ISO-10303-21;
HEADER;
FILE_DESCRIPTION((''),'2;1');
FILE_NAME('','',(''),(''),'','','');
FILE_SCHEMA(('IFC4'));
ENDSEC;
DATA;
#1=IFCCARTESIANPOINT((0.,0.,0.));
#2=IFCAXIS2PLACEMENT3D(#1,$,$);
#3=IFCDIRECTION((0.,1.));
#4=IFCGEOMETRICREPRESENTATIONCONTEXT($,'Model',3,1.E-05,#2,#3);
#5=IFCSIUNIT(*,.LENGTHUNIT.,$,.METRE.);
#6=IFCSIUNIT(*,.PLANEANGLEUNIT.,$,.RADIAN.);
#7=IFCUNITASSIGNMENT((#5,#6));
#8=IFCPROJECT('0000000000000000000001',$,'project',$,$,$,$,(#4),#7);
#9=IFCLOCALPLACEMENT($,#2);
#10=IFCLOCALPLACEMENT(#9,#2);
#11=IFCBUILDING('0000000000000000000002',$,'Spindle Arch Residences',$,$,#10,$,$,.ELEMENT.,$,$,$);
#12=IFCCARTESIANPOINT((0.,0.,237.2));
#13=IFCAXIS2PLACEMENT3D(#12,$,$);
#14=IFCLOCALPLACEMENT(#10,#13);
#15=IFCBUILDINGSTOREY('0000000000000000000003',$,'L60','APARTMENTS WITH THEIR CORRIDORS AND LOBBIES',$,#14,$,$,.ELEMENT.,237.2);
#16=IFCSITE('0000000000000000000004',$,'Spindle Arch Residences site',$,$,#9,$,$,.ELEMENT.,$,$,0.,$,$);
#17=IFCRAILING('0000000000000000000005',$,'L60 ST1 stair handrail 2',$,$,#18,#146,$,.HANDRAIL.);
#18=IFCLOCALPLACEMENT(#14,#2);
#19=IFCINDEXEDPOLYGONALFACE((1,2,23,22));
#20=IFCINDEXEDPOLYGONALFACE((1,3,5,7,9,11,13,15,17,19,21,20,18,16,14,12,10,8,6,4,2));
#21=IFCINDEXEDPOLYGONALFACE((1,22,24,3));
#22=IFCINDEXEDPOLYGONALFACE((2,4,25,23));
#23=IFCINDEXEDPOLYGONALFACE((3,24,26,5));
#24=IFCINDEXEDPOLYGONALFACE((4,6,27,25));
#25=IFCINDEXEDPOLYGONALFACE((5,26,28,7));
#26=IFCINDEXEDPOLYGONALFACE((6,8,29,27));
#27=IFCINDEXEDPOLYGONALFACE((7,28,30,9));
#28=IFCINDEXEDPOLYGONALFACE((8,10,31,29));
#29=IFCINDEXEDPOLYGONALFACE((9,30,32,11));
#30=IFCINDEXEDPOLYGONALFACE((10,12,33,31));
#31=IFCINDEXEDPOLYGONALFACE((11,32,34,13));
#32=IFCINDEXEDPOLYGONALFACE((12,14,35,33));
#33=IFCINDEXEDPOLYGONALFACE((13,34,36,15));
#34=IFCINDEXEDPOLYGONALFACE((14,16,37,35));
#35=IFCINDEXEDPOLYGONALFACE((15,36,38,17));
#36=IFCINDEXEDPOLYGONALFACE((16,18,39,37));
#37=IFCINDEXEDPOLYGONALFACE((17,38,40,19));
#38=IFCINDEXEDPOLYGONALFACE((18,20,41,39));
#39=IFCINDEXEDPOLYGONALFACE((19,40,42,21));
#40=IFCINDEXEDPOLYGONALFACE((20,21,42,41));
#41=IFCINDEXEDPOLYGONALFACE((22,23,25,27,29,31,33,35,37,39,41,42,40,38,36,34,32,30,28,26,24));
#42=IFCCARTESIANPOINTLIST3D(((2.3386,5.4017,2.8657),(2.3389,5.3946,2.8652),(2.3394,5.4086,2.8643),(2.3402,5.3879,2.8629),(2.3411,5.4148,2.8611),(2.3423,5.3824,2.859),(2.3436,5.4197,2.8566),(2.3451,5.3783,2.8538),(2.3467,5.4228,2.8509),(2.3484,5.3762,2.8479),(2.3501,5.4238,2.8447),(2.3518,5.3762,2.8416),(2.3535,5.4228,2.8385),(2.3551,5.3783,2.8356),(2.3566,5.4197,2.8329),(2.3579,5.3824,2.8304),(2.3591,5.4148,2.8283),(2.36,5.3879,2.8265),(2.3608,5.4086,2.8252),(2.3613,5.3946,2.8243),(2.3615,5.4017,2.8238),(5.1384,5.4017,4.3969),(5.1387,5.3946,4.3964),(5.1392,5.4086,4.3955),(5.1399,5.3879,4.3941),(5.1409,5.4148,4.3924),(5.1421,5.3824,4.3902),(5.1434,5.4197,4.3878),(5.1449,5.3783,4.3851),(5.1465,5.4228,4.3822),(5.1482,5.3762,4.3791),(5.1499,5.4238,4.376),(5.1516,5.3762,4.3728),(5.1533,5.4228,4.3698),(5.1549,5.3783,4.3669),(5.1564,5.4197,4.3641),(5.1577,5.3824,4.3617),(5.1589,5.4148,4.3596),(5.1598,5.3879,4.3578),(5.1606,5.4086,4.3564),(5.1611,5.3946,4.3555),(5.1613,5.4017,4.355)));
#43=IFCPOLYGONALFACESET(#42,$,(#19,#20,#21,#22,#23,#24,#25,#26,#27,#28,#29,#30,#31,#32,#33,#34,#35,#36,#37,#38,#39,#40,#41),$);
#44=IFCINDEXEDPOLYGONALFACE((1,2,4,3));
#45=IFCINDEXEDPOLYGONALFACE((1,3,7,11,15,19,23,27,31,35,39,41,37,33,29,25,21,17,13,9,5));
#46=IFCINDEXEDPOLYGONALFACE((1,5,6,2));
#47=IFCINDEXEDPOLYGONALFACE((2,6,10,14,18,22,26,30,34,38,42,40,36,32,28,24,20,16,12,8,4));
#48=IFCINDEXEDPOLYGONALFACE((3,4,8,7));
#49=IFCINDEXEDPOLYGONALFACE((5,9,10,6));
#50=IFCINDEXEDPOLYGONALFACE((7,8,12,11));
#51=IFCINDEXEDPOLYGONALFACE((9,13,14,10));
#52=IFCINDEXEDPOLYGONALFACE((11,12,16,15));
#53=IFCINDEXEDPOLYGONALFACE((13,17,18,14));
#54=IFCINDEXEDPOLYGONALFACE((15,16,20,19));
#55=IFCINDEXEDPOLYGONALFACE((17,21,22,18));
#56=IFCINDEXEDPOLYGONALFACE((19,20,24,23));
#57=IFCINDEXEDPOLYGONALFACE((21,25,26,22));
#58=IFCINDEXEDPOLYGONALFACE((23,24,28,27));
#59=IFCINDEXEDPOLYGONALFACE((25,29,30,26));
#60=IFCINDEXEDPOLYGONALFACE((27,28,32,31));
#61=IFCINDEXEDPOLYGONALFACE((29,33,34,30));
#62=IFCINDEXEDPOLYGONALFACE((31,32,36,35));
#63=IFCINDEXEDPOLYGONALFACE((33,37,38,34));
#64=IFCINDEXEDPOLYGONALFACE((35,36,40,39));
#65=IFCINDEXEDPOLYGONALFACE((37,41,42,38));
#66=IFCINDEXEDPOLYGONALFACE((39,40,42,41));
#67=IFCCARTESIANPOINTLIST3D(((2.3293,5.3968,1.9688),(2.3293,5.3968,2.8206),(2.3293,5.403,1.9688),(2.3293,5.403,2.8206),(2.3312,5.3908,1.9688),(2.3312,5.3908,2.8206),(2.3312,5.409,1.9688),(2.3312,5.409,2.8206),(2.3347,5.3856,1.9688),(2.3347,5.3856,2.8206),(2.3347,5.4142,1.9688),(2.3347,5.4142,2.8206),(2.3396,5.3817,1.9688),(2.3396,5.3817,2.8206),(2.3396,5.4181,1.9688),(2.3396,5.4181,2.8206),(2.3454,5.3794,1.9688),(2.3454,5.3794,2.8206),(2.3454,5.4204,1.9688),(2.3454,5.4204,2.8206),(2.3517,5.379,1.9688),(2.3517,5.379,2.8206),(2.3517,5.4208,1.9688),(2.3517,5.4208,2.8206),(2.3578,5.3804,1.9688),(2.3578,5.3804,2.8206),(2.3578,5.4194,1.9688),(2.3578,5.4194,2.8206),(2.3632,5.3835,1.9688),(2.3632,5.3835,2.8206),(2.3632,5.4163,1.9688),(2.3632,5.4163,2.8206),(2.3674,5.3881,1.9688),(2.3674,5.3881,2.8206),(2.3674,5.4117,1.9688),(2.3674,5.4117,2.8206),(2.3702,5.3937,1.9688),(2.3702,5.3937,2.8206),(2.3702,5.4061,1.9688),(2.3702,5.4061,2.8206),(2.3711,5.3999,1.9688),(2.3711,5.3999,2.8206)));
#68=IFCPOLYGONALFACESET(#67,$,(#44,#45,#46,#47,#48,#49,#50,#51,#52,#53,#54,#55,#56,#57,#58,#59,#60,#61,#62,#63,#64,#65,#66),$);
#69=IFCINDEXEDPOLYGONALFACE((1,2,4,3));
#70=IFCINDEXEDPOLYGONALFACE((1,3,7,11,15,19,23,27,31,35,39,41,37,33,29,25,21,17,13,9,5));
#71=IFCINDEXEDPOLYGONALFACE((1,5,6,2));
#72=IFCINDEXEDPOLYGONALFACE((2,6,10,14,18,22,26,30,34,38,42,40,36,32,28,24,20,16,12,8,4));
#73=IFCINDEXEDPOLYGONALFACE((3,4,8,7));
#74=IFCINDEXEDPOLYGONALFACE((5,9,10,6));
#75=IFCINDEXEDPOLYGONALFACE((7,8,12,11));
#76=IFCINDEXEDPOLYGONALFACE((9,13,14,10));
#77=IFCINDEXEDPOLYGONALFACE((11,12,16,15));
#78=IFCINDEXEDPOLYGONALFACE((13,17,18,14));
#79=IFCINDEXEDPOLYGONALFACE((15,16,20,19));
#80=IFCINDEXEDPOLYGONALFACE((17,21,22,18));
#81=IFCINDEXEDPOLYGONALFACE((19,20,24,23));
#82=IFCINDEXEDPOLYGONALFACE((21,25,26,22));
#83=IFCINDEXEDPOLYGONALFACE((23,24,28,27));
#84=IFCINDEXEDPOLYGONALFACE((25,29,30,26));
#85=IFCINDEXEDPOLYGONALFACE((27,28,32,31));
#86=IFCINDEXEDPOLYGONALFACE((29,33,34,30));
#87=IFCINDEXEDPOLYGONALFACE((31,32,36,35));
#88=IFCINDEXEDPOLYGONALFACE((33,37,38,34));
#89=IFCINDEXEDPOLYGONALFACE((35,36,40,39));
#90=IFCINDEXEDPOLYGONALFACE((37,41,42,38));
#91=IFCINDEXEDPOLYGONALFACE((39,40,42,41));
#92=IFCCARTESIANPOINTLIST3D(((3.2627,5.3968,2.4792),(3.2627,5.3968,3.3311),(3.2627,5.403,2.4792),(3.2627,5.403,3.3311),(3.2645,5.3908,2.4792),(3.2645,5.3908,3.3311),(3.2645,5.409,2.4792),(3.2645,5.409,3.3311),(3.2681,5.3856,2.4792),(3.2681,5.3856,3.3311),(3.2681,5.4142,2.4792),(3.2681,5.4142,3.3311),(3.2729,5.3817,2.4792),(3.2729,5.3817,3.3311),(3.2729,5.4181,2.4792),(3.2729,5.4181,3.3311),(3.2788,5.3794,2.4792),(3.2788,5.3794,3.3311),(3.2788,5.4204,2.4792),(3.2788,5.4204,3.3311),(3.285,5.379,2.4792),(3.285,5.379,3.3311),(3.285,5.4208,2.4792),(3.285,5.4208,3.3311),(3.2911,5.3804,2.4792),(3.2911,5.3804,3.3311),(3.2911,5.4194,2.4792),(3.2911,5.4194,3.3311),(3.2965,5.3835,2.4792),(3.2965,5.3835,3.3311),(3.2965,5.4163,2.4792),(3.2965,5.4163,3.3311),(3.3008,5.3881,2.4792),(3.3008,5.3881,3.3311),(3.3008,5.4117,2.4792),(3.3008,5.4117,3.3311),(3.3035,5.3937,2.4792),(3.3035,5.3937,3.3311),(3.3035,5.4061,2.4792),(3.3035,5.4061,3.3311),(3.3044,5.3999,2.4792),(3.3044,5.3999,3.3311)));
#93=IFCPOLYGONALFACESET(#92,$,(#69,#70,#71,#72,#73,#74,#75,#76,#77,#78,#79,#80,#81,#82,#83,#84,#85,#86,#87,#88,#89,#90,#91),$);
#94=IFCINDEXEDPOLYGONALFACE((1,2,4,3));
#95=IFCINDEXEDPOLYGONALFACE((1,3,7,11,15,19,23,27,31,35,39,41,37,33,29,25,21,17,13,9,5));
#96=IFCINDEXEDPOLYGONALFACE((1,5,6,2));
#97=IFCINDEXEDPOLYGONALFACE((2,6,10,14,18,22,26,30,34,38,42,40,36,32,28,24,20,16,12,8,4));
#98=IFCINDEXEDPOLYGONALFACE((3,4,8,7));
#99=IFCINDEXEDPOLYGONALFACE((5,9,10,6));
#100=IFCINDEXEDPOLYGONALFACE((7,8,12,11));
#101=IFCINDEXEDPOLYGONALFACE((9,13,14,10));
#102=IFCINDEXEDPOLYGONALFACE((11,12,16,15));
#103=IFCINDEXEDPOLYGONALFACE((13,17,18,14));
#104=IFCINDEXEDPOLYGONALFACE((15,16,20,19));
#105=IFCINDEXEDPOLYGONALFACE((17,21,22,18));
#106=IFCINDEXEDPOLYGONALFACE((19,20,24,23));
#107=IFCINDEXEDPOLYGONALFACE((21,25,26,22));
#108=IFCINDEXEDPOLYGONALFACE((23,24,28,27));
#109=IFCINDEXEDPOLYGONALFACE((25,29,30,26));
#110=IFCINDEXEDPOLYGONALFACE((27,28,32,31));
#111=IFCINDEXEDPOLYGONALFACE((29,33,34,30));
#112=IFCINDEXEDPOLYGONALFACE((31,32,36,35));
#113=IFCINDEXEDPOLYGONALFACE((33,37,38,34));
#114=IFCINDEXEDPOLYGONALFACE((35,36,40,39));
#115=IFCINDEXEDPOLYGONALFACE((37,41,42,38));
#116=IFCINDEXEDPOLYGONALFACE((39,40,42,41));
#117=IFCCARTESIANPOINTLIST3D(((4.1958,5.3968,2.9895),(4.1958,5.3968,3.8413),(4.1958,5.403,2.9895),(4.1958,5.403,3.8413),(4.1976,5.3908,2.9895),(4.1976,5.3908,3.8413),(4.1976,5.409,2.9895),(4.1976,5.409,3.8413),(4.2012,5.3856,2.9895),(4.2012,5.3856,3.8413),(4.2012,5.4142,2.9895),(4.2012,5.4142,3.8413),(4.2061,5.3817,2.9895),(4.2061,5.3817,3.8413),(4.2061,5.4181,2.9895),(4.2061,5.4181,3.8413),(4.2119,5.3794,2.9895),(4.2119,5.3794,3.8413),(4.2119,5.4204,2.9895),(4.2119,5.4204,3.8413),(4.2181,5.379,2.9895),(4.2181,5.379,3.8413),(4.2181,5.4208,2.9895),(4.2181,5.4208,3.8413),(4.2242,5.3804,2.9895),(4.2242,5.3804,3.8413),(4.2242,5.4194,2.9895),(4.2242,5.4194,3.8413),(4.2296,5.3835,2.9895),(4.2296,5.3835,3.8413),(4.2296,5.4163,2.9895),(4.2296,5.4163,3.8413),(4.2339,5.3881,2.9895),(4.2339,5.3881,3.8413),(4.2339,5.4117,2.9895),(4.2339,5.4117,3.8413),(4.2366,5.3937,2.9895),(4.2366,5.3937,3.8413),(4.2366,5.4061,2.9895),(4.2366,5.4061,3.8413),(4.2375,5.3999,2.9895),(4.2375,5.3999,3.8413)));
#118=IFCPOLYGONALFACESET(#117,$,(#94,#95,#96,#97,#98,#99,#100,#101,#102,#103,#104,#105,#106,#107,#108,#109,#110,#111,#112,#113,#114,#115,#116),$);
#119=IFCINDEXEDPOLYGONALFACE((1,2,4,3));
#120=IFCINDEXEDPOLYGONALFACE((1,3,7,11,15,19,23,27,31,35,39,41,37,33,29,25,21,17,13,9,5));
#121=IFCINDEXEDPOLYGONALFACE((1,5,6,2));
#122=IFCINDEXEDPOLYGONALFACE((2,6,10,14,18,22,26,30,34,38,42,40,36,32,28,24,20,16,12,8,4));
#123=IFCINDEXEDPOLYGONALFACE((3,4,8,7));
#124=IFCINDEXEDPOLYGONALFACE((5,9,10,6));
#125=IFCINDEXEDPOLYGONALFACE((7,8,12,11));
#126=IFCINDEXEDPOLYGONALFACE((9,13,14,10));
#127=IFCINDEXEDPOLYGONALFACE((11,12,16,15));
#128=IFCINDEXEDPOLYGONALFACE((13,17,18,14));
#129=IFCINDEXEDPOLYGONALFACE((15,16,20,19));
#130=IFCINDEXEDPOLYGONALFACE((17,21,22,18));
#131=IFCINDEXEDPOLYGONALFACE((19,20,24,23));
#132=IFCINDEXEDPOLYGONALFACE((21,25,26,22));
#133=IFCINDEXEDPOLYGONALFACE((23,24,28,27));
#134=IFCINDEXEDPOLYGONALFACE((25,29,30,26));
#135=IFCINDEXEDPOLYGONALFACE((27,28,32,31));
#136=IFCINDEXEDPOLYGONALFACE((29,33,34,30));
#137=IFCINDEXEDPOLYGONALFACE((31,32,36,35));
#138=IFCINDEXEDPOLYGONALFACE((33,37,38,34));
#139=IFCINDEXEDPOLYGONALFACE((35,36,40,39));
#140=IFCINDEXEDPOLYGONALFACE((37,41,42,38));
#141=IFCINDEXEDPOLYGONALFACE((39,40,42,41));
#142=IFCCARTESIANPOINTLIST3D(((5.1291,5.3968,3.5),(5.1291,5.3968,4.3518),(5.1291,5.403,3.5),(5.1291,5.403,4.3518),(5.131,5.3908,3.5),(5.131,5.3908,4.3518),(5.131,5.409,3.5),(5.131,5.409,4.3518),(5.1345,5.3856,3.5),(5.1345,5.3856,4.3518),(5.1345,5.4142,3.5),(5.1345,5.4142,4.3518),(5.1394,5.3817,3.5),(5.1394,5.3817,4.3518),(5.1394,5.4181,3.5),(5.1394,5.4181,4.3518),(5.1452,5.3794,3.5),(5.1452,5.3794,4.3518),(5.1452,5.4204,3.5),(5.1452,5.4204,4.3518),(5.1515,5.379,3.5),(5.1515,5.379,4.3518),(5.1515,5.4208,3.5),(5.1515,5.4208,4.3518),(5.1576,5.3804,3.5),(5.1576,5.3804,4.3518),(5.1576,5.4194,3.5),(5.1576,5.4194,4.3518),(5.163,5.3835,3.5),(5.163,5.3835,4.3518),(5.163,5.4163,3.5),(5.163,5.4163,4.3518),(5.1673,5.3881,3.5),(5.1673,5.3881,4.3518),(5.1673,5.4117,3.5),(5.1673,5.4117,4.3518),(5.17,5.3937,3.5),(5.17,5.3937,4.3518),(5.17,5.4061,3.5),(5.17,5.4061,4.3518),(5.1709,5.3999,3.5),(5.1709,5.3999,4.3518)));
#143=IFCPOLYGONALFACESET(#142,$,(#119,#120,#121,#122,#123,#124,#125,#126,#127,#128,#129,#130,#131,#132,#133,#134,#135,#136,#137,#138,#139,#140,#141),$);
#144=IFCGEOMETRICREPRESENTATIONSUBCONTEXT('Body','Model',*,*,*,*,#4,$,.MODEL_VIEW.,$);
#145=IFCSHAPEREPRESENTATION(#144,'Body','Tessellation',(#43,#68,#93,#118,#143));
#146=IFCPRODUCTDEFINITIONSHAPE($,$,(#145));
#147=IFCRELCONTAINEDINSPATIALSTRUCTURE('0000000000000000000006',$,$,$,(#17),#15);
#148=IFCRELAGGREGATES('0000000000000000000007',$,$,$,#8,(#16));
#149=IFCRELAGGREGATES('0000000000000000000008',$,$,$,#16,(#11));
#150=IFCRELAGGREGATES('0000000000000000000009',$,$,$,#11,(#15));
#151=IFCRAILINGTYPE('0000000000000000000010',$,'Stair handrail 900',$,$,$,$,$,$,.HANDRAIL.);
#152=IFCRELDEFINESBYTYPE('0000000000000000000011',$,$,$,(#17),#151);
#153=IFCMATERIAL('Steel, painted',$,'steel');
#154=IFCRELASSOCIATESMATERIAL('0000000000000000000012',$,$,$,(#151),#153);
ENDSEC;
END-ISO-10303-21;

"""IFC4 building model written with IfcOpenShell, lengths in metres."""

from ifc_helpers import new_model, si_unit, direction, frame, origin, origin_2d, place, context, subcontext, project, spatial, circle, extrude, material, type_object, element, save


model = new_model("IFC4")

# Units and contexts
model_context = context("Model", 3, precision=1e-05, world=origin(), true_north=direction((0.0, 1.0)))
body_context = subcontext(model_context, "Body", "Model", "MODEL_VIEW")
ifc_project = project(units=[si_unit("LENGTHUNIT", "METRE"), si_unit("PLANEANGLEUNIT", "RADIAN")], contexts=[model_context])

# Site, building, storey
site_placement = place(None, origin())
site = spatial("IfcSite", under=ifc_project, at=site_placement, Name="Spindle Arch Residences site", CompositionType="ELEMENT", RefElevation=0.0)
building_placement = place(site_placement, origin())
building = spatial("IfcBuilding", under=site, at=building_placement, Name="Spindle Arch Residences", CompositionType="ELEMENT")
storey_placement = place(building_placement, frame((0.0, 0.0, 237.2)))
storey = spatial("IfcBuildingStorey", under=building, at=storey_placement, Name="L60", Description="APARTMENTS WITH THEIR CORRIDORS AND LOBBIES", CompositionType="ELEMENT", Elevation=237.2)

# Railing
ifc_material_1 = material(Name="Steel, painted", Category="steel")
railing_type_1 = type_object("IfcRailingType", Name="Stair handrail 900", PredefinedType="HANDRAIL", material=ifc_material_1)
railing_1_placement = place(storey_placement, frame((2.3501, 5.3999, 1.9688)))
element("IfcRailing", 1, at=railing_1_placement, inside=storey, type_object=railing_type_1, Name="L60 ST1 stair handrail 2", PredefinedType="HANDRAIL", context=body_context, shape_type="SweptSolid", body=[
    extrude(circle(Radius=0.0239, at=origin_2d()), frame((0.0, 0.0, 0.876), z_axis=(0.877357, 0.0, 0.479838), x_axis=(0.0, 1.0, 0.0)), (0.0, 0.0, 1.0), 3.1912),
    extrude(circle(Radius=0.021, at=origin_2d()), origin(), (0.0, 0.0, 1.0), 0.8518),
    extrude(circle(Radius=0.021, at=origin_2d()), frame((0.9333, 0.0, 0.5105)), (0.0, 0.0, 1.0), 0.8518),
    extrude(circle(Radius=0.021, at=origin_2d()), frame((1.8665, 0.0, 1.0208)), (0.0, 0.0, 1.0), 0.8518),
    extrude(circle(Radius=0.021, at=origin_2d()), frame((2.7998, 0.0, 1.5312)), (0.0, 0.0, 1.0), 0.8518),
])

save(model, "model.ifc")
